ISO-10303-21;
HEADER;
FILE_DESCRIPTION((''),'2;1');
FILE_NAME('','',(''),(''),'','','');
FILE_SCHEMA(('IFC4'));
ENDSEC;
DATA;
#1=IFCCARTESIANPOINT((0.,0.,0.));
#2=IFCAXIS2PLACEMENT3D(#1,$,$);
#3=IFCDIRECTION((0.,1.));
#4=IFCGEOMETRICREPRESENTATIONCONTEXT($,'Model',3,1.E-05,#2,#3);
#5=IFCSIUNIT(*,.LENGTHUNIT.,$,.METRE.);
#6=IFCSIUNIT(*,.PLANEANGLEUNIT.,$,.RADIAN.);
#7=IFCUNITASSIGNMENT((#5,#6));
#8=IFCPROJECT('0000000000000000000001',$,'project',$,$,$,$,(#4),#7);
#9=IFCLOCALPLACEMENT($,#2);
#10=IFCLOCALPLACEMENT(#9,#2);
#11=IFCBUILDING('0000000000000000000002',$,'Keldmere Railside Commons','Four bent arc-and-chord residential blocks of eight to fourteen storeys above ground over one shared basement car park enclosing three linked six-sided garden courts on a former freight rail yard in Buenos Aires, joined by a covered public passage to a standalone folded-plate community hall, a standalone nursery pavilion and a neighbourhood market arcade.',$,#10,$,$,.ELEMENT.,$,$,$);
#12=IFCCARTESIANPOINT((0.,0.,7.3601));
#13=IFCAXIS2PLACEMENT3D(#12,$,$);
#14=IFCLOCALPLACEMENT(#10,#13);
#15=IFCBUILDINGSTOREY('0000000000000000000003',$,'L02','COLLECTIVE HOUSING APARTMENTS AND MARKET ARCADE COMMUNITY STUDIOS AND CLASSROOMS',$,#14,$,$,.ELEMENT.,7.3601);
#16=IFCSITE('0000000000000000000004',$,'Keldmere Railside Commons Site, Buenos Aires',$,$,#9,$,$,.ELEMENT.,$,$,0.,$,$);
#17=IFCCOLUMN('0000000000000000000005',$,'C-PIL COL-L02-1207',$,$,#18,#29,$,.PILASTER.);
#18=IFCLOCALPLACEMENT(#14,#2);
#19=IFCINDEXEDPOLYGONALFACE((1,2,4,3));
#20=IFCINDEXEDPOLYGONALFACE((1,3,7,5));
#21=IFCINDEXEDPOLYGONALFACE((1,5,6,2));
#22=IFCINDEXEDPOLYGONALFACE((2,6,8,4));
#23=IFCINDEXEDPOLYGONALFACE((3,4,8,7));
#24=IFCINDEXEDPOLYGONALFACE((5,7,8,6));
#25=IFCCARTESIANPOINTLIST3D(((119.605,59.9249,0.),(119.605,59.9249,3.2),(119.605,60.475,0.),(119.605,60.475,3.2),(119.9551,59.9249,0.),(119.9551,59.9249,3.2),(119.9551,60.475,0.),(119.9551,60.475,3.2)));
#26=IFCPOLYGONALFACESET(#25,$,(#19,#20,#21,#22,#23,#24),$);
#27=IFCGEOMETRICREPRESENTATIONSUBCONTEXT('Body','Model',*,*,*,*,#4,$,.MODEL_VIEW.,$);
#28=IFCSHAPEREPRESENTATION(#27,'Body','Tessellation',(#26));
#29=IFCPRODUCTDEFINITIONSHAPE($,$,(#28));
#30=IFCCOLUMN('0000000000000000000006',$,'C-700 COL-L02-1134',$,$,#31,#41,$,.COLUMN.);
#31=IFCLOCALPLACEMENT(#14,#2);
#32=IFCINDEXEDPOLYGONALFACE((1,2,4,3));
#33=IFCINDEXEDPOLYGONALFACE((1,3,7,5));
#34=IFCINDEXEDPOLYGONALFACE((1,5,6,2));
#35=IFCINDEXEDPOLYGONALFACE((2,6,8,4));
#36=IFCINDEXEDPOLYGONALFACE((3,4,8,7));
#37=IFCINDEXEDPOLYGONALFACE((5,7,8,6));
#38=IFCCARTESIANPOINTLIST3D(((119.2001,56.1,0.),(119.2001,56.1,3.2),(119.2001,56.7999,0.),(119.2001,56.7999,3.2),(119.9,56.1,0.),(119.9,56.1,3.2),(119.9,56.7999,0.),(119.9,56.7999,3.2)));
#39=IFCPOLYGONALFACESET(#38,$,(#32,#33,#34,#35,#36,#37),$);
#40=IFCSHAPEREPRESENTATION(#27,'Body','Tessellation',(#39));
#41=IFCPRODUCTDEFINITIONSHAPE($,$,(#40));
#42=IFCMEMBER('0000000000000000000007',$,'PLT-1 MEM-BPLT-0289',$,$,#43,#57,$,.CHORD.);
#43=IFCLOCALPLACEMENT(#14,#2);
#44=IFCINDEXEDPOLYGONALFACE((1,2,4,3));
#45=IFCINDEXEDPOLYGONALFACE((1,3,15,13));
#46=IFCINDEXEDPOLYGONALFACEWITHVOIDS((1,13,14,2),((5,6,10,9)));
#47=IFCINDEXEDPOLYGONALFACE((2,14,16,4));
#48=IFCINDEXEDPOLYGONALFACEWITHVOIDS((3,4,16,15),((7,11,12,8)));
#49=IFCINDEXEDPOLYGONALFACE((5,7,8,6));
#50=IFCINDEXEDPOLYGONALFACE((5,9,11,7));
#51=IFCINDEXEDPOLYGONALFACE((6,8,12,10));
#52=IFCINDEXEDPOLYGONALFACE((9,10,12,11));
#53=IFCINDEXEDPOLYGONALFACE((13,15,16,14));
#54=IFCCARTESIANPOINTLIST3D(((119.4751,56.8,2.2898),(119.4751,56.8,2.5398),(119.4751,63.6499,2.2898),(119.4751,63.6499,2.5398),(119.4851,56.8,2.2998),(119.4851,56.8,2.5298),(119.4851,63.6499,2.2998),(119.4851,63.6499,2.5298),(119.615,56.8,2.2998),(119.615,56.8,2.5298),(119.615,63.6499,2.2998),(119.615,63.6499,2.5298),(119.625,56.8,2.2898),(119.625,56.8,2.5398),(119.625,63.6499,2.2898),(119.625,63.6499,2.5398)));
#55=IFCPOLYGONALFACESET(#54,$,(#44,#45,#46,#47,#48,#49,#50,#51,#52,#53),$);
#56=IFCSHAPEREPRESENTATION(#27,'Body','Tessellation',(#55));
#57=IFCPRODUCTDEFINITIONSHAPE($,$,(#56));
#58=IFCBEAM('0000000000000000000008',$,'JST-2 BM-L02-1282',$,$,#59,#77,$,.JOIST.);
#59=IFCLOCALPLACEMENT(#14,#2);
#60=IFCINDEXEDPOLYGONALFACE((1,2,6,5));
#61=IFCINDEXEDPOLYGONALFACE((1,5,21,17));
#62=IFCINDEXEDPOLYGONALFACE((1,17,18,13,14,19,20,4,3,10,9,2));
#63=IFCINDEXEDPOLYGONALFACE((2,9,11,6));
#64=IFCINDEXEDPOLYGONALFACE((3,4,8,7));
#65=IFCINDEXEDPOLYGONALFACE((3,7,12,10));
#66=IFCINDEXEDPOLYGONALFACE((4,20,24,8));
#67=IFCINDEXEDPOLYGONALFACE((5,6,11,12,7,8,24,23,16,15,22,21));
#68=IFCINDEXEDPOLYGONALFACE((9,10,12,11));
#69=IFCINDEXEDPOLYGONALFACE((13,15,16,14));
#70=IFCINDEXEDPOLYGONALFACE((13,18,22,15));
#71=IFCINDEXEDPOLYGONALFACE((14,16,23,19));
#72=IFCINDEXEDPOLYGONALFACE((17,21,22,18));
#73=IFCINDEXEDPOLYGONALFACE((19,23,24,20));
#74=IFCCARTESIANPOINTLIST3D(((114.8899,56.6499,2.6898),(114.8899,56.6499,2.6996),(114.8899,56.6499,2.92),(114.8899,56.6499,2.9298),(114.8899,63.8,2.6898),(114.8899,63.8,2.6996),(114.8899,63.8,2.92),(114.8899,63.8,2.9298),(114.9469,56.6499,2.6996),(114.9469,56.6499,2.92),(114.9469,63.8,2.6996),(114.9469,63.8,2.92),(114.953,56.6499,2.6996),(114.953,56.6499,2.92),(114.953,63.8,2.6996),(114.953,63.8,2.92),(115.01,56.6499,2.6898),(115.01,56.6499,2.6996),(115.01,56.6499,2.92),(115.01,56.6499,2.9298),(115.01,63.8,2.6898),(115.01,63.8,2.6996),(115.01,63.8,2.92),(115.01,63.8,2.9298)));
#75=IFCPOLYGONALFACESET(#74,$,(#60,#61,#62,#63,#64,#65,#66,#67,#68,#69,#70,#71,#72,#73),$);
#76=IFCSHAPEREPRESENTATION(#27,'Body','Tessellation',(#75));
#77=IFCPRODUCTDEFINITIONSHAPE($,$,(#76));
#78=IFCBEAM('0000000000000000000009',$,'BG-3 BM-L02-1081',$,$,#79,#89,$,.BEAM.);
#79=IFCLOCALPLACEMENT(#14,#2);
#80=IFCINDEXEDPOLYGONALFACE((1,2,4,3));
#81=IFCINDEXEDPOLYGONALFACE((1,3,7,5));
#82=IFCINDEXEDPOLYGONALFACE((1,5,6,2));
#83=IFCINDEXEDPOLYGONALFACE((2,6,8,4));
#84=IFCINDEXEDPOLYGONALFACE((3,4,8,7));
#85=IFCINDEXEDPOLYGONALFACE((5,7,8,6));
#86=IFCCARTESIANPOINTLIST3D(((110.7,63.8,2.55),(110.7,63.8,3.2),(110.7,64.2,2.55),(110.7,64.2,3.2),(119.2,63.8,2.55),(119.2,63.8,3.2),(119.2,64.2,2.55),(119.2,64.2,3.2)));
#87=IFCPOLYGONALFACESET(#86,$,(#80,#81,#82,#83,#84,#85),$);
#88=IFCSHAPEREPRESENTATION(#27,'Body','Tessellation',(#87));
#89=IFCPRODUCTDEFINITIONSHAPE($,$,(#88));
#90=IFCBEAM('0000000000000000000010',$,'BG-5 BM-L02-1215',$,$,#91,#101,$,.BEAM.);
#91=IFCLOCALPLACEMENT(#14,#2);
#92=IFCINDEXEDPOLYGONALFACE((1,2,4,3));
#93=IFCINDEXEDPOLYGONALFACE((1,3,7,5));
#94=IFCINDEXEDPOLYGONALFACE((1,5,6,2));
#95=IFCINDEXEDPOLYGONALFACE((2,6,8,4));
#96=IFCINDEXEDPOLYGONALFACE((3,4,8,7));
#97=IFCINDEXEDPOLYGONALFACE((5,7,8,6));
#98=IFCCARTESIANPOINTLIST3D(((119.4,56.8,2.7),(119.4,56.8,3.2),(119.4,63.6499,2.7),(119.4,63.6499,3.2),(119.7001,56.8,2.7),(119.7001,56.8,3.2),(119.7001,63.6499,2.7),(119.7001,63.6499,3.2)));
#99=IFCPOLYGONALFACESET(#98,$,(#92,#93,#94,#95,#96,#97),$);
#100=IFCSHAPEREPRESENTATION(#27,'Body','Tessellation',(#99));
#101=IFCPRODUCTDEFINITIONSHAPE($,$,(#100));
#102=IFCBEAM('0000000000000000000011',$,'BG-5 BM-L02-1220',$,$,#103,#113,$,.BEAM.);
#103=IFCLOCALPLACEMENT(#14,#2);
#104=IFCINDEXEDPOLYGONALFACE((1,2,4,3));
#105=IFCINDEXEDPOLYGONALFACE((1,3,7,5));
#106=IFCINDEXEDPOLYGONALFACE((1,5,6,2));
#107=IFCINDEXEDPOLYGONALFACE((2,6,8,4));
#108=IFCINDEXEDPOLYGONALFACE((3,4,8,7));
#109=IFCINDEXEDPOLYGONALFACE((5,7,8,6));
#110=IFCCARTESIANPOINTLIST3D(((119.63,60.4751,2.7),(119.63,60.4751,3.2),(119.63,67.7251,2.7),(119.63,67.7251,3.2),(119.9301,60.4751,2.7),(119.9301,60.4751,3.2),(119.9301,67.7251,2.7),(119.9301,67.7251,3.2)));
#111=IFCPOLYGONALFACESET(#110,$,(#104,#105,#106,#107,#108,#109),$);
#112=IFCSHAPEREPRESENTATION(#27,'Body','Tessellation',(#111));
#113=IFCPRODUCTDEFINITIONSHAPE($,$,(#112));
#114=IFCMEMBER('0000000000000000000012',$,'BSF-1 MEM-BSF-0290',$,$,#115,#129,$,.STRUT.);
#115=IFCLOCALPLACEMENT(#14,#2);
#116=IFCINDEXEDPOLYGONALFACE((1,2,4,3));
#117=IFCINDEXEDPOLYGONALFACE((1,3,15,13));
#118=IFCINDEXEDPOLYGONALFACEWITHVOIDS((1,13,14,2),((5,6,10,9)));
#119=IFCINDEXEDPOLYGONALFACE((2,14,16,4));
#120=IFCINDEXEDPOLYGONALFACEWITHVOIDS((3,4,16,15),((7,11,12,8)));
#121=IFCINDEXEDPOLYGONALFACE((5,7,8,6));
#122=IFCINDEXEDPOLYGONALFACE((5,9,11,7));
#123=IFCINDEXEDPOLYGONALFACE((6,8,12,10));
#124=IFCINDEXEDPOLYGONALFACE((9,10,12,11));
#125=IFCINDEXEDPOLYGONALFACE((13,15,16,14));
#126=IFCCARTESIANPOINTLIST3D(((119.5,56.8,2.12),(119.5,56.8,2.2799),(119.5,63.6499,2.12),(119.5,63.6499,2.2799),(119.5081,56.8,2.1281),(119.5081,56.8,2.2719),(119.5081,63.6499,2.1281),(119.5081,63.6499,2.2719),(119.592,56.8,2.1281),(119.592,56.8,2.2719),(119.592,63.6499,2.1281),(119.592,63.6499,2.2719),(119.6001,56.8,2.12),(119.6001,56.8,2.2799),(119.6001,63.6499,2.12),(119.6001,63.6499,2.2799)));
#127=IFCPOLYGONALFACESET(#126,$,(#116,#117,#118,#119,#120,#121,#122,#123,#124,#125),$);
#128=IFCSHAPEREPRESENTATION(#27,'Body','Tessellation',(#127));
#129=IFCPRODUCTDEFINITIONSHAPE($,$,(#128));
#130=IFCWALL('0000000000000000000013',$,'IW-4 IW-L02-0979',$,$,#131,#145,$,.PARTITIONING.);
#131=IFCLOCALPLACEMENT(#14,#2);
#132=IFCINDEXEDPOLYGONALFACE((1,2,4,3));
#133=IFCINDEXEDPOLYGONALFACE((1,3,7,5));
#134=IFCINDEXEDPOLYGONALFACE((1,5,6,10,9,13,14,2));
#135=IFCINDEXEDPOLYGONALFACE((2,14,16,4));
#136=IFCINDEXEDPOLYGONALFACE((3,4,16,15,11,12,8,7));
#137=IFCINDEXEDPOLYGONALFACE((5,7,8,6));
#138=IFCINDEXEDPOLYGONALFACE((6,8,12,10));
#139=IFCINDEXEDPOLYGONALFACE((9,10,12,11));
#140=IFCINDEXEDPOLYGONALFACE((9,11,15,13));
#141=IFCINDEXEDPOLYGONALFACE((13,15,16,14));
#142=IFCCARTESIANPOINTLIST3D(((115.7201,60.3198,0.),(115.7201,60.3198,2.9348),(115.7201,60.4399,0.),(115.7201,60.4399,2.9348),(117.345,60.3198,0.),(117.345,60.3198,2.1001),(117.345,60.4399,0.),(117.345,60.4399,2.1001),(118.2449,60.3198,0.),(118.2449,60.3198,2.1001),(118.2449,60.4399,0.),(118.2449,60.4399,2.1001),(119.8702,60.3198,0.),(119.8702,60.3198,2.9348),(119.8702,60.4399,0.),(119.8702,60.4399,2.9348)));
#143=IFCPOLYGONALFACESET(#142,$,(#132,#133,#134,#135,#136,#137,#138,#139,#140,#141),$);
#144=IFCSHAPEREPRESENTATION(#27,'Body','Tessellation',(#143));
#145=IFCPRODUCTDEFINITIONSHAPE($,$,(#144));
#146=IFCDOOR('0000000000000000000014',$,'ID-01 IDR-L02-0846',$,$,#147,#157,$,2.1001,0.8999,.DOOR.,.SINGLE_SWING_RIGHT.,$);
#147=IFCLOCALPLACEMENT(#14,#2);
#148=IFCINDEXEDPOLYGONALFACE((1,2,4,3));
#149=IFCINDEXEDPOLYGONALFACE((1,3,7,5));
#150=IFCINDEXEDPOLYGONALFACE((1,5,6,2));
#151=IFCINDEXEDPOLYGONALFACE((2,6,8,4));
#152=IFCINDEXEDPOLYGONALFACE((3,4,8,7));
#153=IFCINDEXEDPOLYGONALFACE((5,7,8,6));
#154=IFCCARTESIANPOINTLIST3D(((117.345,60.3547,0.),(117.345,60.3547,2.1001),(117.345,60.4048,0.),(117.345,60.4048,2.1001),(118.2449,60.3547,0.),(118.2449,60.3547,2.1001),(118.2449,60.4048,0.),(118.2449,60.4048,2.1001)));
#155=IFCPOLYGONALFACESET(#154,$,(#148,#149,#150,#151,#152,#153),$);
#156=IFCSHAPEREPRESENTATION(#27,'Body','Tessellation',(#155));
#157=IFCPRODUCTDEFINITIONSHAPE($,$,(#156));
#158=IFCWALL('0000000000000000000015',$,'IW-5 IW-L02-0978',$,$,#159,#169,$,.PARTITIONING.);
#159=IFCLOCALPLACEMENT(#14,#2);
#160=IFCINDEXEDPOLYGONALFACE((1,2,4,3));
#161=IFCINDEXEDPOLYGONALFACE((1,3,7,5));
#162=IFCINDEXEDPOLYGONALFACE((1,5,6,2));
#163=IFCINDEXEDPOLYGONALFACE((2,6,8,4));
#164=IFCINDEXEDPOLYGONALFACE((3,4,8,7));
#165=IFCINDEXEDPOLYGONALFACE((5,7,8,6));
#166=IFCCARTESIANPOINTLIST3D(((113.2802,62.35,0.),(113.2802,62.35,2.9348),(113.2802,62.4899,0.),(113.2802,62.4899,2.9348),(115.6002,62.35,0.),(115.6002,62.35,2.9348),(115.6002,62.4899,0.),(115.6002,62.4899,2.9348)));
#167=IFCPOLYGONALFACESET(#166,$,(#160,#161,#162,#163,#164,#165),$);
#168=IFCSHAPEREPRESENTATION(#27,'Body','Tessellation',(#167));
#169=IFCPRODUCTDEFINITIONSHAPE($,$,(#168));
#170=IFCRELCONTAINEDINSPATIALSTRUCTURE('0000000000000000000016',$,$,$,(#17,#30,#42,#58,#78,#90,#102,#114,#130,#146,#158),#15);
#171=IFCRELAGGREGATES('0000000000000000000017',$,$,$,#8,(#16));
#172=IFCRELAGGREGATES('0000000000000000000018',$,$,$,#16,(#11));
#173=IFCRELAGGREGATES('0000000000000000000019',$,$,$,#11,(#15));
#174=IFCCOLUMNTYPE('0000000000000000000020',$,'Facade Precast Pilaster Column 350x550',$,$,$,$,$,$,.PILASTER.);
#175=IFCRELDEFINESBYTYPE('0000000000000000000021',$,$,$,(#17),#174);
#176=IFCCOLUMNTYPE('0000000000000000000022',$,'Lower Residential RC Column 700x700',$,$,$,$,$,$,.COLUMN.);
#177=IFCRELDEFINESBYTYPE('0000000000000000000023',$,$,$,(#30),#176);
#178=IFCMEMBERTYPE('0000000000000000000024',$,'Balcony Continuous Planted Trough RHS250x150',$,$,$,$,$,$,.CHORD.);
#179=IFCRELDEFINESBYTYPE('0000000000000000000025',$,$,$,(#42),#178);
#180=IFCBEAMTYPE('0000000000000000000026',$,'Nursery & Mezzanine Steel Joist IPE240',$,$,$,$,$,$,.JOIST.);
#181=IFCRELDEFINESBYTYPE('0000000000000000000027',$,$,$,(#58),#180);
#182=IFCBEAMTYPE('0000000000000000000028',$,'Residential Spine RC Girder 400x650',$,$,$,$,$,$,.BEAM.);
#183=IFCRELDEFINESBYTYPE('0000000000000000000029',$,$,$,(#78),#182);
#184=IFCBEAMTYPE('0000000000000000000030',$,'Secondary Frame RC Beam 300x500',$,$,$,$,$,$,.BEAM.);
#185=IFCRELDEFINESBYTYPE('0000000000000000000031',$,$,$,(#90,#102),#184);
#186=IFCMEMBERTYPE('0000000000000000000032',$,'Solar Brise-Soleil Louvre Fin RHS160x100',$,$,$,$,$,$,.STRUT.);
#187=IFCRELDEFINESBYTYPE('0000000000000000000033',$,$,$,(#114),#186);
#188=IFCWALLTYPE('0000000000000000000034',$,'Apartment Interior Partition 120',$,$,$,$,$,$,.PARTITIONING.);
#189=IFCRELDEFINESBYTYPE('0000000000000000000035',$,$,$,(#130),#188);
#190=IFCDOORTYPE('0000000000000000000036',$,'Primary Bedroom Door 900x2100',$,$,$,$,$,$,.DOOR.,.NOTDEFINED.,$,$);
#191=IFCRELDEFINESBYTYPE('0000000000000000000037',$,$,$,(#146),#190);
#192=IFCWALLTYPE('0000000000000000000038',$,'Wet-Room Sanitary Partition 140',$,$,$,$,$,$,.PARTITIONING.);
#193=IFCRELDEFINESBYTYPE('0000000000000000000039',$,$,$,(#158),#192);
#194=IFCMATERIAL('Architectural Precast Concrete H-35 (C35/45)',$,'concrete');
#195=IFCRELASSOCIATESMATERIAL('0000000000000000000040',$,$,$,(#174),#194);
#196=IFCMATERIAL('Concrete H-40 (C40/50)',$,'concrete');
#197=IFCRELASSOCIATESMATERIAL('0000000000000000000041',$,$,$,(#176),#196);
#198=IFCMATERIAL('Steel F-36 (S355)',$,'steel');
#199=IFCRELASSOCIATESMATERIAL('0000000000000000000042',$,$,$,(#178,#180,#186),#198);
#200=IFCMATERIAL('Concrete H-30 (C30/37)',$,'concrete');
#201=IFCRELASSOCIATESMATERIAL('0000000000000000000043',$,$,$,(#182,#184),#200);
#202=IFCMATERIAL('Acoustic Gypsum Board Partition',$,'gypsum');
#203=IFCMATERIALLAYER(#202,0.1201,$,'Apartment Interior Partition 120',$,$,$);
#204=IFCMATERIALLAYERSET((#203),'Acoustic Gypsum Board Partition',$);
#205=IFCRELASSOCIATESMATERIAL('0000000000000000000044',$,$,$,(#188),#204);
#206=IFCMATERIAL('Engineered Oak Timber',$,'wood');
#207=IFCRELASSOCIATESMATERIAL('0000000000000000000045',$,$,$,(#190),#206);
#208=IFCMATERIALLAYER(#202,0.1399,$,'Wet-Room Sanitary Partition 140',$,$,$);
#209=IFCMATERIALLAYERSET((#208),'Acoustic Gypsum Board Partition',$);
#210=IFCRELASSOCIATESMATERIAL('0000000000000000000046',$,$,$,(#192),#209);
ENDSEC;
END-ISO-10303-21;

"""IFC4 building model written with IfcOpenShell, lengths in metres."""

from ifc_helpers import new_model, si_unit, direction, frame, frame_2d, origin, origin_2d, place, context, subcontext, project, spatial, rectangle, hollow_rectangle, i_section, extrude, material, layer, layer_set, material_profile, profile_set, type_object, element, fill, save


model = new_model("IFC4")

# Units and contexts
model_context = context("Model", 3, precision=1e-05, world=origin(), true_north=direction((0.0, 1.0)))
body_context = subcontext(model_context, "Body", "Model", "MODEL_VIEW")
ifc_project = project(units=[si_unit("LENGTHUNIT", "METRE"), si_unit("PLANEANGLEUNIT", "RADIAN")], contexts=[model_context])

# Site, building, storey
site_placement = place(None, origin())
site = spatial("IfcSite", under=ifc_project, at=site_placement, Name="Keldmere Railside Commons Site, Buenos Aires", CompositionType="ELEMENT", RefElevation=0.0)
building_placement = place(site_placement, origin())
building = spatial("IfcBuilding", under=site, at=building_placement, Name="Keldmere Railside Commons", Description="Four bent arc-and-chord residential blocks of eight to fourteen storeys above ground over one shared basement car park enclosing three linked six-sided garden courts on a former freight rail yard in Buenos Aires, joined by a covered public passage to a standalone folded-plate community hall, a standalone nursery pavilion and a neighbourhood market arcade.", CompositionType="ELEMENT")
storey_placement = place(building_placement, frame((0.0, 0.0, 7.3601)))
storey = spatial("IfcBuildingStorey", under=building, at=storey_placement, Name="L02", Description="COLLECTIVE HOUSING APARTMENTS AND MARKET ARCADE COMMUNITY STUDIOS AND CLASSROOMS", CompositionType="ELEMENT", Elevation=7.3601)

# Columns
ifc_material_1 = material(Name="Architectural Precast Concrete H-35 (C35/45)", Category="concrete")
ifc_material_profile_1 = material_profile(ifc_material_1, rectangle(XDim=0.3501, YDim=0.55, at=origin_2d()), Name="RC-350x550")
ifc_profile_set_1 = profile_set([ifc_material_profile_1], Name="Architectural Precast Concrete H-35 (C35/45)")
column_type_1 = type_object("IfcColumnType", Name="Facade Precast Pilaster Column 350x550", PredefinedType="PILASTER", material=ifc_profile_set_1)
column_1_placement = place(storey_placement, frame((119.78, 60.2, 0.0), z_axis=(0.0, 0.0, 1.0), x_axis=(1.0, 0.0, 0.0)))
element("IfcColumn", 1, at=column_1_placement, inside=storey, type_object=column_type_1, Name="C-PIL COL-L02-1207", PredefinedType="PILASTER", context=body_context, shape_type="SweptSolid", body=[
    extrude(rectangle(XDim=0.3501, YDim=0.55, at=origin_2d()), origin(), (0.0, 0.0, 1.0), 3.2),
])
ifc_material_2 = material(Name="Concrete H-40 (C40/50)", Category="concrete")
ifc_material_profile_2 = material_profile(ifc_material_2, rectangle(XDim=0.7, YDim=0.7, at=origin_2d()), Name="RC-700x700")
ifc_profile_set_2 = profile_set([ifc_material_profile_2], Name="Concrete H-40 (C40/50)")
column_type_2 = type_object("IfcColumnType", Name="Lower Residential RC Column 700x700", PredefinedType="COLUMN", material=ifc_profile_set_2)
column_2_placement = place(storey_placement, frame((119.55, 56.45, 0.0), z_axis=(0.0, 0.0, 1.0), x_axis=(1.0, 0.0, 0.0)))
element("IfcColumn", 2, at=column_2_placement, inside=storey, type_object=column_type_2, Name="C-700 COL-L02-1134", PredefinedType="COLUMN", context=body_context, shape_type="SweptSolid", body=[
    extrude(rectangle(XDim=0.7, YDim=0.7, at=origin_2d()), origin(), (0.0, 0.0, 1.0), 3.2),
])

# Member
ifc_material_3 = material(Name="Steel F-36 (S355)", Category="steel")
ifc_material_profile_3 = material_profile(ifc_material_3, hollow_rectangle(XDim=0.1499, YDim=0.25, WallThickness=0.01, at=origin_2d()), Name="RHS-250x150x10")
ifc_profile_set_3 = profile_set([ifc_material_profile_3], Name="Steel F-36 (S355)")
member_type_1 = type_object("IfcMemberType", Name="Balcony Continuous Planted Trough RHS250x150", PredefinedType="CHORD", material=ifc_profile_set_3)
member_1_placement = place(storey_placement, frame((119.55, 56.8, 2.4148), z_axis=(0.0, 1.0, 0.0), x_axis=(-1.0, 0.0, 0.0)))
element("IfcMember", 3, at=member_1_placement, inside=storey, type_object=member_type_1, Name="PLT-1 MEM-BPLT-0289", PredefinedType="CHORD", context=body_context, shape_type="SweptSolid", body=[
    extrude(hollow_rectangle(XDim=0.1499, YDim=0.25, WallThickness=0.01, at=origin_2d()), origin(), (0.0, 0.0, 1.0), 6.8499),
])

# Beams
ifc_material_profile_4 = material_profile(ifc_material_3, i_section(OverallWidth=0.1201, OverallDepth=0.24, WebThickness=0.0061, FlangeThickness=0.0098, at=origin_2d()), Name="IPE-240")
ifc_profile_set_4 = profile_set([ifc_material_profile_4], Name="Steel F-36 (S355)")
beam_type_1 = type_object("IfcBeamType", Name="Nursery & Mezzanine Steel Joist IPE240", PredefinedType="JOIST", material=ifc_profile_set_4)
beam_1_placement = place(storey_placement, frame((114.95, 56.6499, 2.8098), z_axis=(0.0, 1.0, 0.0), x_axis=(-1.0, 0.0, 0.0)))
element("IfcBeam", 4, at=beam_1_placement, inside=storey, type_object=beam_type_1, Name="JST-2 BM-L02-1282", PredefinedType="JOIST", context=body_context, shape_type="SweptSolid", body=[
    extrude(i_section(OverallWidth=0.1201, OverallDepth=0.24, WebThickness=0.0061, FlangeThickness=0.0098, at=origin_2d()), origin(), (0.0, 0.0, 1.0), 7.1501),
])
ifc_material_4 = material(Name="Concrete H-30 (C30/37)", Category="concrete")
ifc_material_profile_5 = material_profile(ifc_material_4, rectangle(XDim=0.3999, YDim=0.6499, at=origin_2d()), Name="RC-400x650")
ifc_profile_set_5 = profile_set([ifc_material_profile_5], Name="Concrete H-30 (C30/37)")
beam_type_2 = type_object("IfcBeamType", Name="Residential Spine RC Girder 400x650", PredefinedType="BEAM", material=ifc_profile_set_5)
beam_2_placement = place(storey_placement, frame((110.7, 64.0, 2.875), z_axis=(1.0, 0.0, 0.0), x_axis=(0.0, 1.0, 0.0)))
element("IfcBeam", 5, at=beam_2_placement, inside=storey, type_object=beam_type_2, Name="BG-3 BM-L02-1081", PredefinedType="BEAM", context=body_context, shape_type="SweptSolid", body=[
    extrude(rectangle(XDim=0.3999, YDim=0.6499, at=origin_2d()), origin(), (0.0, 0.0, 1.0), 8.5),
])
ifc_material_profile_6 = material_profile(ifc_material_4, rectangle(XDim=0.3, YDim=0.5, at=origin_2d()), Name="RC-300x500")
ifc_profile_set_6 = profile_set([ifc_material_profile_6], Name="Concrete H-30 (C30/37)")
beam_type_3 = type_object("IfcBeamType", Name="Secondary Frame RC Beam 300x500", PredefinedType="BEAM", material=ifc_profile_set_6)
beam_3_placement = place(storey_placement, frame((119.55, 56.8, 2.95), z_axis=(0.0, 1.0, 0.0), x_axis=(-1.0, 0.0, 0.0)))
element("IfcBeam", 6, at=beam_3_placement, inside=storey, type_object=beam_type_3, Name="BG-5 BM-L02-1215", PredefinedType="BEAM", context=body_context, shape_type="SweptSolid", body=[
    extrude(rectangle(XDim=0.3, YDim=0.5, at=origin_2d()), origin(), (0.0, 0.0, 1.0), 6.8499),
])
beam_4_placement = place(storey_placement, frame((119.78, 60.4751, 2.95), z_axis=(0.0, 1.0, 0.0), x_axis=(-1.0, 0.0, 0.0)))
element("IfcBeam", 7, at=beam_4_placement, inside=storey, type_object=beam_type_3, Name="BG-5 BM-L02-1220", PredefinedType="BEAM", context=body_context, shape_type="SweptSolid", body=[
    extrude(rectangle(XDim=0.3, YDim=0.5, at=origin_2d()), origin(), (0.0, 0.0, 1.0), 7.25),
])

# Member
ifc_material_profile_7 = material_profile(ifc_material_3, hollow_rectangle(XDim=0.1001, YDim=0.1599, WallThickness=0.0081, at=origin_2d()), Name="RHS-160x100x8")
ifc_profile_set_7 = profile_set([ifc_material_profile_7], Name="Steel F-36 (S355)")
member_type_2 = type_object("IfcMemberType", Name="Solar Brise-Soleil Louvre Fin RHS160x100", PredefinedType="STRUT", material=ifc_profile_set_7)
member_2_placement = place(storey_placement, frame((119.55, 56.8, 2.2), z_axis=(0.0, 1.0, 0.0), x_axis=(-1.0, 0.0, 0.0)))
element("IfcMember", 8, at=member_2_placement, inside=storey, type_object=member_type_2, Name="BSF-1 MEM-BSF-0290", PredefinedType="STRUT", context=body_context, shape_type="SweptSolid", body=[
    extrude(hollow_rectangle(XDim=0.1001, YDim=0.1599, WallThickness=0.0081, at=origin_2d()), origin(), (0.0, 0.0, 1.0), 6.8499),
])

# Wall, opening, door
ifc_material_5 = material(Name="Acoustic Gypsum Board Partition", Category="gypsum")
ifc_layer_1 = layer(ifc_material_5, 0.1201, Name="Apartment Interior Partition 120")
ifc_layer_set_1 = layer_set([ifc_layer_1], Name="Acoustic Gypsum Board Partition")
wall_type_1 = type_object("IfcWallType", Name="Apartment Interior Partition 120", PredefinedType="PARTITIONING", material=ifc_layer_set_1)
wall_1_placement = place(storey_placement, frame((115.72, 60.3799, 0.0), z_axis=(0.0, 0.0, 1.0), x_axis=(1.0, 0.0, 0.0)))
wall_1 = element("IfcWall", 9, at=wall_1_placement, inside=storey, type_object=wall_type_1, Name="IW-4 IW-L02-0979", PredefinedType="PARTITIONING", context=body_context, shape_type="SweptSolid", body=[
    extrude(rectangle(XDim=4.1501, YDim=0.1201, at=frame_2d((2.0752, 0.0))), origin(), (0.0, 0.0, 1.0), 2.9348),
])
opening_placement = place(wall_1_placement, frame((1.625, 0.0, 0.0)))
opening = element("IfcOpeningElement", 10, at=opening_placement, cuts=wall_1, PredefinedType="OPENING", context=body_context, shape_type="SweptSolid", body=[
    extrude(rectangle(XDim=0.8999, YDim=2.1001, at=frame_2d((0.45, 1.05))), frame((0.0, 0.0701, 0.0), z_axis=(0.0, -1.0, 0.0), x_axis=(1.0, 0.0, 0.0)), (0.0, 0.0, 1.0), 0.1401),
])
ifc_material_6 = material(Name="Engineered Oak Timber", Category="wood")
door_type = type_object("IfcDoorType", Name="Primary Bedroom Door 900x2100", OperationType="NOTDEFINED", PredefinedType="DOOR", material=ifc_material_6)
door_placement = place(opening_placement, origin())
door = element("IfcDoor", 11, at=door_placement, inside=storey, type_object=door_type, Name="ID-01 IDR-L02-0846", OperationType="SINGLE_SWING_RIGHT", OverallHeight=2.1001, OverallWidth=0.8999, PredefinedType="DOOR", context=body_context, shape_type="SweptSolid", body=[
    extrude(rectangle(XDim=0.8999, YDim=2.1001, at=frame_2d((0.45, 1.05))), frame((0.0, 0.0249, 0.0), z_axis=(0.0, -1.0, 0.0), x_axis=(1.0, 0.0, 0.0)), (0.0, 0.0, 1.0), 0.05),
])
fill(opening, door)

# Wall
ifc_layer_2 = layer(ifc_material_5, 0.1399, Name="Wet-Room Sanitary Partition 140")
ifc_layer_set_2 = layer_set([ifc_layer_2], Name="Acoustic Gypsum Board Partition")
wall_type_2 = type_object("IfcWallType", Name="Wet-Room Sanitary Partition 140", PredefinedType="PARTITIONING", material=ifc_layer_set_2)
wall_2_placement = place(storey_placement, frame((113.28, 62.4199, 0.0), z_axis=(0.0, 0.0, 1.0), x_axis=(1.0, 0.0, 0.0)))
element("IfcWall", 12, at=wall_2_placement, inside=storey, type_object=wall_type_2, Name="IW-5 IW-L02-0978", PredefinedType="PARTITIONING", context=body_context, shape_type="SweptSolid", body=[
    extrude(rectangle(XDim=2.3201, YDim=0.1399, at=frame_2d((1.1602, 0.0))), origin(), (0.0, 0.0, 1.0), 2.9348),
])

save(model, "model.ifc")
